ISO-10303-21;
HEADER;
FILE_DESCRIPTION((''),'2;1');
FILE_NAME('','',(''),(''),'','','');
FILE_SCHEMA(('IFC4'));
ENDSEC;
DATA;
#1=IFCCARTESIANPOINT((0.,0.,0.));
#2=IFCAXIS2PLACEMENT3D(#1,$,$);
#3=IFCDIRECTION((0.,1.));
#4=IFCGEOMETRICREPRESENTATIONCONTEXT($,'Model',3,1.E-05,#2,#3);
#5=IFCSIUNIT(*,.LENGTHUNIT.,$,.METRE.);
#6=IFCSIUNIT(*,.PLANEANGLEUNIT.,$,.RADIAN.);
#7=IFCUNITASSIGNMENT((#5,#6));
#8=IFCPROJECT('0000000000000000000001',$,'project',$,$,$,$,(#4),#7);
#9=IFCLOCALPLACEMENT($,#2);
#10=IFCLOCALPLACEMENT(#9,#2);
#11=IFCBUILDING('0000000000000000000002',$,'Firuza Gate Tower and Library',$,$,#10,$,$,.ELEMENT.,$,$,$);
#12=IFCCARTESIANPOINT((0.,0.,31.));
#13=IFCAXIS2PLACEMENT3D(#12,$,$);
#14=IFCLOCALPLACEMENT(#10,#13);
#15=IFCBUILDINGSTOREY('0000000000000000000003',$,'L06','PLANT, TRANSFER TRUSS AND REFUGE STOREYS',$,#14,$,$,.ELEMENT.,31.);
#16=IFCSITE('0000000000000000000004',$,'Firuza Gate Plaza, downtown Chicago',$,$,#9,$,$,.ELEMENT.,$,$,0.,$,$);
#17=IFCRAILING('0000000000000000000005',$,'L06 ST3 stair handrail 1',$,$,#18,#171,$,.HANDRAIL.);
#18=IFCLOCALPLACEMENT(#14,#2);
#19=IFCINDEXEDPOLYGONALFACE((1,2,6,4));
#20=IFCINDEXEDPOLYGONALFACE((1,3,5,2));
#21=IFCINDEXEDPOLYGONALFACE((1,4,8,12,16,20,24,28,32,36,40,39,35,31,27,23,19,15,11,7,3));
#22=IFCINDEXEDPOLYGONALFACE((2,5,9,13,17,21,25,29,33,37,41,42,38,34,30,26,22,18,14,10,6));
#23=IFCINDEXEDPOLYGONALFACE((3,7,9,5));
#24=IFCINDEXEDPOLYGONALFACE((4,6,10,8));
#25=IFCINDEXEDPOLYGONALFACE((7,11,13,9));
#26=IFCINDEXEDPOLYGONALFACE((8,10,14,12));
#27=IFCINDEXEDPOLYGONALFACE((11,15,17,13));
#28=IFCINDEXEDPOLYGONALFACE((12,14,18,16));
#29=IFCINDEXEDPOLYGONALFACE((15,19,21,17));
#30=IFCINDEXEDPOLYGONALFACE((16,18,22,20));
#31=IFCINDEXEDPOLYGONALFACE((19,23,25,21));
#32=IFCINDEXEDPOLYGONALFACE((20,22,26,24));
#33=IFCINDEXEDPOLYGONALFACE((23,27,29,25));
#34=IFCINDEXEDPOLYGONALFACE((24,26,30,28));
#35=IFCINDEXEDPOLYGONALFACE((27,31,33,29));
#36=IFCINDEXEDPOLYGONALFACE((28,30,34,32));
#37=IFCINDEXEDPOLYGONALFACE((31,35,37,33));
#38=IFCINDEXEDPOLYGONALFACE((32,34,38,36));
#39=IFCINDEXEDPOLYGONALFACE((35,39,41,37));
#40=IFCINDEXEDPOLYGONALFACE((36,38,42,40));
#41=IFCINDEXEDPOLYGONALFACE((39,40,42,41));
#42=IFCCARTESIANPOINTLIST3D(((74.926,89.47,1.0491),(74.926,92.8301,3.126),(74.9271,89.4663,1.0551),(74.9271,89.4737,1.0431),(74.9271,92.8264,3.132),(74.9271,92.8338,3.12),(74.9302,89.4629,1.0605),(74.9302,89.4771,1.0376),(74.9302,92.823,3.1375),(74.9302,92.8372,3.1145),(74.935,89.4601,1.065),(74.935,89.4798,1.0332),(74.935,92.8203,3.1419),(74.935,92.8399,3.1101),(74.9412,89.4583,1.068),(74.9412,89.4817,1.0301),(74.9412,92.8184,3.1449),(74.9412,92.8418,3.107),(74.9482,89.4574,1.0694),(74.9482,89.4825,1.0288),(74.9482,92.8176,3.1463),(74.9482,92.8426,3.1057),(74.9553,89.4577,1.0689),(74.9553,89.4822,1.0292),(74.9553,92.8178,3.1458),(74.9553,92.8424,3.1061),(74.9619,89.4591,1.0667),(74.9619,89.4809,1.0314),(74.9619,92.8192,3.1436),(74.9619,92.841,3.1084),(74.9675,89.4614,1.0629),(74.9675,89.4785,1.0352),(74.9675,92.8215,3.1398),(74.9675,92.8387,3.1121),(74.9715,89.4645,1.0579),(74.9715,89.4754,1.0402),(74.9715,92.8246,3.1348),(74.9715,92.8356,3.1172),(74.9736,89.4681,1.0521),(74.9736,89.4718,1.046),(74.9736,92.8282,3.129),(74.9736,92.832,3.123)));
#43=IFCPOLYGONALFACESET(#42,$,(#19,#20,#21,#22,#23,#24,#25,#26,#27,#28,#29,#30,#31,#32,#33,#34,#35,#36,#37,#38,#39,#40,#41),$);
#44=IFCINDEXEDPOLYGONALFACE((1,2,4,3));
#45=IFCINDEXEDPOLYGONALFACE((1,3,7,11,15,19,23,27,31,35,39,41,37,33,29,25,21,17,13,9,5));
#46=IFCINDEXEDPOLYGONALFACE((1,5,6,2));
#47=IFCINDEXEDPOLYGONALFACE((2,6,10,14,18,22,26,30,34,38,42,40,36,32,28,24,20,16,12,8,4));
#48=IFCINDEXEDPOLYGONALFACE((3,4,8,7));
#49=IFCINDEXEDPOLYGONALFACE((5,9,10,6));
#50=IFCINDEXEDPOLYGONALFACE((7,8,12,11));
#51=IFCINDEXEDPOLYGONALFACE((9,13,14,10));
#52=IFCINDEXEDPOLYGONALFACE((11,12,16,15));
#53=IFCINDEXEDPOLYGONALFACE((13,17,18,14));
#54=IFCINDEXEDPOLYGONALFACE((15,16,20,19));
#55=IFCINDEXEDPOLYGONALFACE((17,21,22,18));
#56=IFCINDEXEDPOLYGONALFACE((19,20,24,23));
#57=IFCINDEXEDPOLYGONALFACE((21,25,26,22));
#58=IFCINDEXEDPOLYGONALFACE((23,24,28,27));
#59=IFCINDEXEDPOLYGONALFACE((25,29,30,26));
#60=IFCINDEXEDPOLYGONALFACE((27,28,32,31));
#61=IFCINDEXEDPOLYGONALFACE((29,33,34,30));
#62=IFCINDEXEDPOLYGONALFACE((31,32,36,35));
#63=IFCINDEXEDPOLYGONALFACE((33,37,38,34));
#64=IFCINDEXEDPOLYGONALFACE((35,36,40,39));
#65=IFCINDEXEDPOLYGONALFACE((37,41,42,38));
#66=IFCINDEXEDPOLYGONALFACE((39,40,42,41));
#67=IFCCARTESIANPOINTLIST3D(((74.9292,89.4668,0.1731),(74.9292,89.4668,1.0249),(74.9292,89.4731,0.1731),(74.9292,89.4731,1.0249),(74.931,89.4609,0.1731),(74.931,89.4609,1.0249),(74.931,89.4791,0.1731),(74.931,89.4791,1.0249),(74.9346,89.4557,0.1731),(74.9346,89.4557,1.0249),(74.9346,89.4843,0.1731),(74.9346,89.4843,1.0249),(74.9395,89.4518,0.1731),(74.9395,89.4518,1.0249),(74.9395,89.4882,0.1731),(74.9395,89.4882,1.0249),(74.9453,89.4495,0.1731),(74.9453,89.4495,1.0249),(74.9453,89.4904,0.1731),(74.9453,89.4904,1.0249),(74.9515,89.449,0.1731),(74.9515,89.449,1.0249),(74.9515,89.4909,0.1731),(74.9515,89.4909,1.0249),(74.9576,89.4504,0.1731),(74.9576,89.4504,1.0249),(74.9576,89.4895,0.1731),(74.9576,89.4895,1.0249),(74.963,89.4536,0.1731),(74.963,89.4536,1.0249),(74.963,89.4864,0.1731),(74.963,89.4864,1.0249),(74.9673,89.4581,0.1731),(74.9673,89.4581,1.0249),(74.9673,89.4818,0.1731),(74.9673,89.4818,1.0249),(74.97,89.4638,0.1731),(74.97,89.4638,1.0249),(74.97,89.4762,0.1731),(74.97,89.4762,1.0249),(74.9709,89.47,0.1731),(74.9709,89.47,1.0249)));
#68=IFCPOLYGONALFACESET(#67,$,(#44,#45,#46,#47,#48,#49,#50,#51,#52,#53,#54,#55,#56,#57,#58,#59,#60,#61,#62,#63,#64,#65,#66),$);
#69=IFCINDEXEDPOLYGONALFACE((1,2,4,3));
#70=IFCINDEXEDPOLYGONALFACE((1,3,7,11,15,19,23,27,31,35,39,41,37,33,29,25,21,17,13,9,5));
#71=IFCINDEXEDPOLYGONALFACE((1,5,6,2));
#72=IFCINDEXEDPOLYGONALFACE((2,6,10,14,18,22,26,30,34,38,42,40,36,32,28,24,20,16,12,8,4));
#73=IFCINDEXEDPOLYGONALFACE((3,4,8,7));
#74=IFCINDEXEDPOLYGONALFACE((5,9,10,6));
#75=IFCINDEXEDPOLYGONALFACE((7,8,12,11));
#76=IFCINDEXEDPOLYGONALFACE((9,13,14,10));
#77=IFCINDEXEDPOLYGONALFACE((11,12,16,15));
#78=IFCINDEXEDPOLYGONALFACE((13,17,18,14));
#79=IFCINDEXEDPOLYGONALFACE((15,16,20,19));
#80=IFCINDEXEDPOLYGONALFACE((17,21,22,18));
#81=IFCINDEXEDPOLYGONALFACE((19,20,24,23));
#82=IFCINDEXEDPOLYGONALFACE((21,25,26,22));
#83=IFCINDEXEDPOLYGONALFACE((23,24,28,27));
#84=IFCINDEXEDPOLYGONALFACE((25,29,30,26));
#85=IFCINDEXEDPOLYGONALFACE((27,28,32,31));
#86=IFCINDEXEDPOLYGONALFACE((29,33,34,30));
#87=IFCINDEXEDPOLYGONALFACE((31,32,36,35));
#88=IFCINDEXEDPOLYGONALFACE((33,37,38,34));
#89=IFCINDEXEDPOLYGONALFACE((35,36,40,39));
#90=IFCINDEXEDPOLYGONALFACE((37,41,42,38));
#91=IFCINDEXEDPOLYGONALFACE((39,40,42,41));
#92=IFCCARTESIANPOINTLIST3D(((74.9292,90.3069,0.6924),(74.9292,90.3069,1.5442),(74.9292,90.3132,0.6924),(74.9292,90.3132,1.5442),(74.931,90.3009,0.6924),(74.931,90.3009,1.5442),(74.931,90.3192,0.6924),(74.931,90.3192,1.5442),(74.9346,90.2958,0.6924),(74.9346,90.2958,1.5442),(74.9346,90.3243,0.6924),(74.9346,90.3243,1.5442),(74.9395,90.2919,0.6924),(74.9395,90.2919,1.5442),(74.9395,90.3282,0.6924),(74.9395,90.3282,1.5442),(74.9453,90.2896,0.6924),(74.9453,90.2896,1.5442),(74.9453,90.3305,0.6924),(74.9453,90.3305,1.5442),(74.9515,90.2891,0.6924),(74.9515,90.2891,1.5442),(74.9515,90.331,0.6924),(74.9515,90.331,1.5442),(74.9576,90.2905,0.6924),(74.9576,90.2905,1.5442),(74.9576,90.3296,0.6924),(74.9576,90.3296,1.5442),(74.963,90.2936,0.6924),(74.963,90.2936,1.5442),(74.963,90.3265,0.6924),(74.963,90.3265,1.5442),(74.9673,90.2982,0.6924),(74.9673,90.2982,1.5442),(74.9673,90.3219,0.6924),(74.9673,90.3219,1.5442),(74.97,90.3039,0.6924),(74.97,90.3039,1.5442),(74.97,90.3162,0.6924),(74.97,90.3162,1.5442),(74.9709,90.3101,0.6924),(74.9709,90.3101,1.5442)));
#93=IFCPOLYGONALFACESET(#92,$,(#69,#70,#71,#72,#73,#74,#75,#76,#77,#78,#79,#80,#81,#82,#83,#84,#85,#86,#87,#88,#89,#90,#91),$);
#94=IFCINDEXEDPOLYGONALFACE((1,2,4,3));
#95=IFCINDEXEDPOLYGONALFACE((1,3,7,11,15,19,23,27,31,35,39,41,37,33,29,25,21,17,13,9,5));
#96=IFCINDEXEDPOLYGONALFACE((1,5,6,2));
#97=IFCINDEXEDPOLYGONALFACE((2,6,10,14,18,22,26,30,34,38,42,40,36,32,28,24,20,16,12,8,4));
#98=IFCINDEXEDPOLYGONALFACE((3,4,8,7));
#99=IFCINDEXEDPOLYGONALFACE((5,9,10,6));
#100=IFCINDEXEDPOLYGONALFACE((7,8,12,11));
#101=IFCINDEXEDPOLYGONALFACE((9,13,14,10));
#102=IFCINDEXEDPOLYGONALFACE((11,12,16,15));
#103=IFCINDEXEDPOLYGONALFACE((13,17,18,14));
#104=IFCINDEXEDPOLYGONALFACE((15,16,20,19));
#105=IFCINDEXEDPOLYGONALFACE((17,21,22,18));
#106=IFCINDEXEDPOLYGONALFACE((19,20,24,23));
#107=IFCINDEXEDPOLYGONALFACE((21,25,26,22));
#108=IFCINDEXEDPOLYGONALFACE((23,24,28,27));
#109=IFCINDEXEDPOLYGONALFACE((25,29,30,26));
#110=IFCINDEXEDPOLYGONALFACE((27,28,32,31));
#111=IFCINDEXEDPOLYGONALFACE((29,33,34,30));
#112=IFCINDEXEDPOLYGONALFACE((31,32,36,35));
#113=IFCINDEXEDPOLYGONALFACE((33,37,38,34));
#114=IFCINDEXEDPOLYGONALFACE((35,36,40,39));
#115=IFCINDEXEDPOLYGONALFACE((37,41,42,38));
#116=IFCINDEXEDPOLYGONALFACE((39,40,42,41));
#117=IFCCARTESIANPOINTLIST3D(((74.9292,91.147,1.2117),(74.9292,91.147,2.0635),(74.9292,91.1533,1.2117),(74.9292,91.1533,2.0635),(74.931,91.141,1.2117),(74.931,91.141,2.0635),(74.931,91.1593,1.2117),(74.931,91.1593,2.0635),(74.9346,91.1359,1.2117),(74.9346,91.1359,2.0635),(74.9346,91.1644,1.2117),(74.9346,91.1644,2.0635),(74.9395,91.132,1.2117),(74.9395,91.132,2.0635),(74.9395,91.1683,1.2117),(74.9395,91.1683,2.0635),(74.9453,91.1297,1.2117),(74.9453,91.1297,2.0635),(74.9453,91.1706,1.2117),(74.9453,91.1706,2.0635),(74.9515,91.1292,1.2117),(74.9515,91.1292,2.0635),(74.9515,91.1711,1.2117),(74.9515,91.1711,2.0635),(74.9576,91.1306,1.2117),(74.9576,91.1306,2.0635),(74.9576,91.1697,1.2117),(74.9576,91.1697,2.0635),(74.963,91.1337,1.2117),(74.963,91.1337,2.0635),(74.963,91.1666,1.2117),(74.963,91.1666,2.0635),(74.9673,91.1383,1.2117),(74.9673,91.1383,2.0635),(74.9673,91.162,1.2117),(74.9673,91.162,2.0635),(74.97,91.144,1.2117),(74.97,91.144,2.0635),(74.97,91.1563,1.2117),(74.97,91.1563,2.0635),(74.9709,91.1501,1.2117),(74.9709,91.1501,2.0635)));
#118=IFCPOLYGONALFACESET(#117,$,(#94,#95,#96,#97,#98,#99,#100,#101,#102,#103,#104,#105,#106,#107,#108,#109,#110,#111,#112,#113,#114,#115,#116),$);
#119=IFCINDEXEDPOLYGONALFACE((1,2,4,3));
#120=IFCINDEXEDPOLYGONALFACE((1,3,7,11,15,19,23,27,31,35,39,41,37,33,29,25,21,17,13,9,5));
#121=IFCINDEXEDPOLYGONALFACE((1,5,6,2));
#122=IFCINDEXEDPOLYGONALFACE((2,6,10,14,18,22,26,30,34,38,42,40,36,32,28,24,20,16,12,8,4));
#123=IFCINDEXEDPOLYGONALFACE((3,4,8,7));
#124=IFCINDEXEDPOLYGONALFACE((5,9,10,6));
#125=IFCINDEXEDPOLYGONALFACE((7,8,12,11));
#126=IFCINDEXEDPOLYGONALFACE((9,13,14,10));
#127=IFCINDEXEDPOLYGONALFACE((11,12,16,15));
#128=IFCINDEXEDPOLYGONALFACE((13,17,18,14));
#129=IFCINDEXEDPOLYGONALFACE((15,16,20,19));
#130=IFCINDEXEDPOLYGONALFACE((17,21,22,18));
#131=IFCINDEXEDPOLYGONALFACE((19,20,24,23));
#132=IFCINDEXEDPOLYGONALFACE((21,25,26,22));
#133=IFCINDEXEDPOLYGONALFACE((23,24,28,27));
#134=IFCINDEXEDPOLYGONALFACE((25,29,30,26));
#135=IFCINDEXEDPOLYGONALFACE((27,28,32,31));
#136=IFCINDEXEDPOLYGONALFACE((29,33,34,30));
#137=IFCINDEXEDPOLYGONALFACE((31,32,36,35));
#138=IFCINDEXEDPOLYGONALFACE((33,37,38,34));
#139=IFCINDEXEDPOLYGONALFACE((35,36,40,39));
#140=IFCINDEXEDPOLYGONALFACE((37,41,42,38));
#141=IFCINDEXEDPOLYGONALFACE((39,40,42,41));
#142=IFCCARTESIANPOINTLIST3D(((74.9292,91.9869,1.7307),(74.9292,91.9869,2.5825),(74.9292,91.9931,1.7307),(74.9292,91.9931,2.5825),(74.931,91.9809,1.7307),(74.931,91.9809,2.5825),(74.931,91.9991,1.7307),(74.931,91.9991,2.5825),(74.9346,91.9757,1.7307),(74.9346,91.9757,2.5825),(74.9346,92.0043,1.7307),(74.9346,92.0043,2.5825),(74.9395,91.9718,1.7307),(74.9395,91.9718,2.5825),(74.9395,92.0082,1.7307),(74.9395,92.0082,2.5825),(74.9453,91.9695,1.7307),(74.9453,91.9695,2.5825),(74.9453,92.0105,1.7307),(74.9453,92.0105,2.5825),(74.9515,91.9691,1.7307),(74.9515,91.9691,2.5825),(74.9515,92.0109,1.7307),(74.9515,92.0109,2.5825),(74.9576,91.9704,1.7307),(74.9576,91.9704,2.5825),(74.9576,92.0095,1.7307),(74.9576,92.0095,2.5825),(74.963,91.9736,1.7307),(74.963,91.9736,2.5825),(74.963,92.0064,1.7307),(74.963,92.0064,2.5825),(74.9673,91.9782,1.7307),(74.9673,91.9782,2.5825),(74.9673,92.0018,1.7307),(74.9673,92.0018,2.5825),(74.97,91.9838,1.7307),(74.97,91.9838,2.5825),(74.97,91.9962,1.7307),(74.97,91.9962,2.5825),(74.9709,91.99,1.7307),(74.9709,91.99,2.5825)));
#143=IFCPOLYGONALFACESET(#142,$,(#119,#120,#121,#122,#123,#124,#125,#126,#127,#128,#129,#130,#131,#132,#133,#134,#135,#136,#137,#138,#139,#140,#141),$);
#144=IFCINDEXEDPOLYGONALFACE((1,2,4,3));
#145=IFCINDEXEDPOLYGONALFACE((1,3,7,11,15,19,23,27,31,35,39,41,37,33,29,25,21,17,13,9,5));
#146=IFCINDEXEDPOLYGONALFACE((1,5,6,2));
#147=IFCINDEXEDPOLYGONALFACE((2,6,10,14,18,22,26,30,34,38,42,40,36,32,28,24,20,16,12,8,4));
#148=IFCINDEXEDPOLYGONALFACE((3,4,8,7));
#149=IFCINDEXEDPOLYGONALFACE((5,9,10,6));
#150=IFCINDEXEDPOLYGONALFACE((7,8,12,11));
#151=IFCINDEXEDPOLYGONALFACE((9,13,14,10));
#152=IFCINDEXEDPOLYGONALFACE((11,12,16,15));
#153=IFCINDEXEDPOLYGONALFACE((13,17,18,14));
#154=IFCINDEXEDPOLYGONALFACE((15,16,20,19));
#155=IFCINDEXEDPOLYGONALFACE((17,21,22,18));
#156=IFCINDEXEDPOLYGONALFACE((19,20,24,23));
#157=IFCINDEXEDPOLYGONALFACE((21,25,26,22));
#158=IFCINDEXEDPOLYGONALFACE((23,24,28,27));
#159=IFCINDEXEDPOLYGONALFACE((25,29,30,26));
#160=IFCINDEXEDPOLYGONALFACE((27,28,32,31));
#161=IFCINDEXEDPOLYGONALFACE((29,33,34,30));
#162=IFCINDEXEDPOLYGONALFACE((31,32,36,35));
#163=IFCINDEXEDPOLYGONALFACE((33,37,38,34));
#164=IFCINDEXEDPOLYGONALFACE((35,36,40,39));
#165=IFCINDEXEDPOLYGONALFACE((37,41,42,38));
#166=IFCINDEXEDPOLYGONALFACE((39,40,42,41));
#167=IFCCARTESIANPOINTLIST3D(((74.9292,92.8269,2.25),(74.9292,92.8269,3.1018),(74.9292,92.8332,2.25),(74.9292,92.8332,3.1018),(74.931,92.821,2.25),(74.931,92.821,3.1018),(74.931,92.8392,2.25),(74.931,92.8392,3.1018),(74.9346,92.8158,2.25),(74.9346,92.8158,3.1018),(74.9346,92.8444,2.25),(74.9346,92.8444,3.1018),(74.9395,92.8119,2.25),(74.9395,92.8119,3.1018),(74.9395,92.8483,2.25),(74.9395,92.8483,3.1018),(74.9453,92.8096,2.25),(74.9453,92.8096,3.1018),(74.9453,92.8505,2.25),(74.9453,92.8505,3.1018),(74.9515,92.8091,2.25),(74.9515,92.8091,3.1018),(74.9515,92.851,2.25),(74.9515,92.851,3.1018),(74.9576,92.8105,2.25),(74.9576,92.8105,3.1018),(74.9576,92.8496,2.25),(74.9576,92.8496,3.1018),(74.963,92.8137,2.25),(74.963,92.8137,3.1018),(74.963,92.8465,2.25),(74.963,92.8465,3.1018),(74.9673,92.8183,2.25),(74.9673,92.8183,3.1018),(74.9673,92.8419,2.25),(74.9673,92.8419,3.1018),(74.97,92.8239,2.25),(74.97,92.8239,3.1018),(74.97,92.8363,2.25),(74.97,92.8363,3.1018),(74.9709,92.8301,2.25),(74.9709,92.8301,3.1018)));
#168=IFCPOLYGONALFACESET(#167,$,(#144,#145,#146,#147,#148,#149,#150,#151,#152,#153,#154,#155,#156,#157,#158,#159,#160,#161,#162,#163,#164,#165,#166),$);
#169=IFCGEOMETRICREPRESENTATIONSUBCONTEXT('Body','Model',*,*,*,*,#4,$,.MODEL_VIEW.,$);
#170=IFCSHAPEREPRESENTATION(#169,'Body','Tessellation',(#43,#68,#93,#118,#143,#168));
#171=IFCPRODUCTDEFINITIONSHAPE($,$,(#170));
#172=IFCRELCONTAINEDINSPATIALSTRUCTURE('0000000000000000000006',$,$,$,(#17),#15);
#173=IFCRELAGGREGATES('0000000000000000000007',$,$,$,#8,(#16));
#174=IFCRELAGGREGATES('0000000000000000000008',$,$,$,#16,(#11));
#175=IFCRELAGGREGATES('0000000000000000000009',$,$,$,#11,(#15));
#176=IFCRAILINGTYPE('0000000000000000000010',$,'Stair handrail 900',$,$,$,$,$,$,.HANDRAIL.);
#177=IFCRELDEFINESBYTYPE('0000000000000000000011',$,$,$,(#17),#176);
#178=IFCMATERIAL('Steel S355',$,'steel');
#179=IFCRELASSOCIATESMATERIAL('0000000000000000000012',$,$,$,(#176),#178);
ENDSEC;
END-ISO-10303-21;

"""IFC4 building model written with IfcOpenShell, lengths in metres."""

from ifc_helpers import new_model, si_unit, direction, frame, origin, origin_2d, place, context, subcontext, project, spatial, circle, extrude, material, type_object, element, save


model = new_model("IFC4")

# Units and contexts
model_context = context("Model", 3, precision=1e-05, world=origin(), true_north=direction((0.0, 1.0)))
body_context = subcontext(model_context, "Body", "Model", "MODEL_VIEW")
ifc_project = project(units=[si_unit("LENGTHUNIT", "METRE"), si_unit("PLANEANGLEUNIT", "RADIAN")], contexts=[model_context])

# Site, building, storey
site_placement = place(None, origin())
site = spatial("IfcSite", under=ifc_project, at=site_placement, Name="Firuza Gate Plaza, downtown Chicago", CompositionType="ELEMENT", RefElevation=0.0)
building_placement = place(site_placement, origin())
building = spatial("IfcBuilding", under=site, at=building_placement, Name="Firuza Gate Tower and Library", CompositionType="ELEMENT")
storey_placement = place(building_placement, frame((0.0, 0.0, 31.0)))
storey = spatial("IfcBuildingStorey", under=building, at=storey_placement, Name="L06", Description="PLANT, TRANSFER TRUSS AND REFUGE STOREYS", CompositionType="ELEMENT", Elevation=31.0)

# Railing
ifc_material_1 = material(Name="Steel S355", Category="steel")
railing_type = type_object("IfcRailingType", Name="Stair handrail 900", PredefinedType="HANDRAIL", material=ifc_material_1)
railing_1_placement = place(storey_placement, frame((74.95, 89.47, 0.1731)))
element("IfcRailing", 1, at=railing_1_placement, inside=storey, type_object=railing_type, Name="L06 ST3 stair handrail 1", PredefinedType="HANDRAIL", context=body_context, shape_type="SweptSolid", body=[
    extrude(circle(Radius=0.0239, at=origin_2d()), frame((0.0, 0.0, 0.876), z_axis=(0.0, 0.850623, 0.525776), x_axis=(-1.0, 0.0, 0.0)), (0.0, 0.0, 1.0), 3.9502),
    extrude(circle(Radius=0.021, at=origin_2d()), origin(), (0.0, 0.0, 1.0), 0.8518),
    extrude(circle(Radius=0.021, at=origin_2d()), frame((0.0, 0.8401, 0.5193)), (0.0, 0.0, 1.0), 0.8518),
    extrude(circle(Radius=0.021, at=origin_2d()), frame((0.0, 1.6802, 1.0386)), (0.0, 0.0, 1.0), 0.8518),
    extrude(circle(Radius=0.021, at=origin_2d()), frame((0.0, 2.52, 1.5576)), (0.0, 0.0, 1.0), 0.8518),
    extrude(circle(Radius=0.021, at=origin_2d()), frame((0.0, 3.3601, 2.0769)), (0.0, 0.0, 1.0), 0.8518),
])

save(model, "model.ifc")
